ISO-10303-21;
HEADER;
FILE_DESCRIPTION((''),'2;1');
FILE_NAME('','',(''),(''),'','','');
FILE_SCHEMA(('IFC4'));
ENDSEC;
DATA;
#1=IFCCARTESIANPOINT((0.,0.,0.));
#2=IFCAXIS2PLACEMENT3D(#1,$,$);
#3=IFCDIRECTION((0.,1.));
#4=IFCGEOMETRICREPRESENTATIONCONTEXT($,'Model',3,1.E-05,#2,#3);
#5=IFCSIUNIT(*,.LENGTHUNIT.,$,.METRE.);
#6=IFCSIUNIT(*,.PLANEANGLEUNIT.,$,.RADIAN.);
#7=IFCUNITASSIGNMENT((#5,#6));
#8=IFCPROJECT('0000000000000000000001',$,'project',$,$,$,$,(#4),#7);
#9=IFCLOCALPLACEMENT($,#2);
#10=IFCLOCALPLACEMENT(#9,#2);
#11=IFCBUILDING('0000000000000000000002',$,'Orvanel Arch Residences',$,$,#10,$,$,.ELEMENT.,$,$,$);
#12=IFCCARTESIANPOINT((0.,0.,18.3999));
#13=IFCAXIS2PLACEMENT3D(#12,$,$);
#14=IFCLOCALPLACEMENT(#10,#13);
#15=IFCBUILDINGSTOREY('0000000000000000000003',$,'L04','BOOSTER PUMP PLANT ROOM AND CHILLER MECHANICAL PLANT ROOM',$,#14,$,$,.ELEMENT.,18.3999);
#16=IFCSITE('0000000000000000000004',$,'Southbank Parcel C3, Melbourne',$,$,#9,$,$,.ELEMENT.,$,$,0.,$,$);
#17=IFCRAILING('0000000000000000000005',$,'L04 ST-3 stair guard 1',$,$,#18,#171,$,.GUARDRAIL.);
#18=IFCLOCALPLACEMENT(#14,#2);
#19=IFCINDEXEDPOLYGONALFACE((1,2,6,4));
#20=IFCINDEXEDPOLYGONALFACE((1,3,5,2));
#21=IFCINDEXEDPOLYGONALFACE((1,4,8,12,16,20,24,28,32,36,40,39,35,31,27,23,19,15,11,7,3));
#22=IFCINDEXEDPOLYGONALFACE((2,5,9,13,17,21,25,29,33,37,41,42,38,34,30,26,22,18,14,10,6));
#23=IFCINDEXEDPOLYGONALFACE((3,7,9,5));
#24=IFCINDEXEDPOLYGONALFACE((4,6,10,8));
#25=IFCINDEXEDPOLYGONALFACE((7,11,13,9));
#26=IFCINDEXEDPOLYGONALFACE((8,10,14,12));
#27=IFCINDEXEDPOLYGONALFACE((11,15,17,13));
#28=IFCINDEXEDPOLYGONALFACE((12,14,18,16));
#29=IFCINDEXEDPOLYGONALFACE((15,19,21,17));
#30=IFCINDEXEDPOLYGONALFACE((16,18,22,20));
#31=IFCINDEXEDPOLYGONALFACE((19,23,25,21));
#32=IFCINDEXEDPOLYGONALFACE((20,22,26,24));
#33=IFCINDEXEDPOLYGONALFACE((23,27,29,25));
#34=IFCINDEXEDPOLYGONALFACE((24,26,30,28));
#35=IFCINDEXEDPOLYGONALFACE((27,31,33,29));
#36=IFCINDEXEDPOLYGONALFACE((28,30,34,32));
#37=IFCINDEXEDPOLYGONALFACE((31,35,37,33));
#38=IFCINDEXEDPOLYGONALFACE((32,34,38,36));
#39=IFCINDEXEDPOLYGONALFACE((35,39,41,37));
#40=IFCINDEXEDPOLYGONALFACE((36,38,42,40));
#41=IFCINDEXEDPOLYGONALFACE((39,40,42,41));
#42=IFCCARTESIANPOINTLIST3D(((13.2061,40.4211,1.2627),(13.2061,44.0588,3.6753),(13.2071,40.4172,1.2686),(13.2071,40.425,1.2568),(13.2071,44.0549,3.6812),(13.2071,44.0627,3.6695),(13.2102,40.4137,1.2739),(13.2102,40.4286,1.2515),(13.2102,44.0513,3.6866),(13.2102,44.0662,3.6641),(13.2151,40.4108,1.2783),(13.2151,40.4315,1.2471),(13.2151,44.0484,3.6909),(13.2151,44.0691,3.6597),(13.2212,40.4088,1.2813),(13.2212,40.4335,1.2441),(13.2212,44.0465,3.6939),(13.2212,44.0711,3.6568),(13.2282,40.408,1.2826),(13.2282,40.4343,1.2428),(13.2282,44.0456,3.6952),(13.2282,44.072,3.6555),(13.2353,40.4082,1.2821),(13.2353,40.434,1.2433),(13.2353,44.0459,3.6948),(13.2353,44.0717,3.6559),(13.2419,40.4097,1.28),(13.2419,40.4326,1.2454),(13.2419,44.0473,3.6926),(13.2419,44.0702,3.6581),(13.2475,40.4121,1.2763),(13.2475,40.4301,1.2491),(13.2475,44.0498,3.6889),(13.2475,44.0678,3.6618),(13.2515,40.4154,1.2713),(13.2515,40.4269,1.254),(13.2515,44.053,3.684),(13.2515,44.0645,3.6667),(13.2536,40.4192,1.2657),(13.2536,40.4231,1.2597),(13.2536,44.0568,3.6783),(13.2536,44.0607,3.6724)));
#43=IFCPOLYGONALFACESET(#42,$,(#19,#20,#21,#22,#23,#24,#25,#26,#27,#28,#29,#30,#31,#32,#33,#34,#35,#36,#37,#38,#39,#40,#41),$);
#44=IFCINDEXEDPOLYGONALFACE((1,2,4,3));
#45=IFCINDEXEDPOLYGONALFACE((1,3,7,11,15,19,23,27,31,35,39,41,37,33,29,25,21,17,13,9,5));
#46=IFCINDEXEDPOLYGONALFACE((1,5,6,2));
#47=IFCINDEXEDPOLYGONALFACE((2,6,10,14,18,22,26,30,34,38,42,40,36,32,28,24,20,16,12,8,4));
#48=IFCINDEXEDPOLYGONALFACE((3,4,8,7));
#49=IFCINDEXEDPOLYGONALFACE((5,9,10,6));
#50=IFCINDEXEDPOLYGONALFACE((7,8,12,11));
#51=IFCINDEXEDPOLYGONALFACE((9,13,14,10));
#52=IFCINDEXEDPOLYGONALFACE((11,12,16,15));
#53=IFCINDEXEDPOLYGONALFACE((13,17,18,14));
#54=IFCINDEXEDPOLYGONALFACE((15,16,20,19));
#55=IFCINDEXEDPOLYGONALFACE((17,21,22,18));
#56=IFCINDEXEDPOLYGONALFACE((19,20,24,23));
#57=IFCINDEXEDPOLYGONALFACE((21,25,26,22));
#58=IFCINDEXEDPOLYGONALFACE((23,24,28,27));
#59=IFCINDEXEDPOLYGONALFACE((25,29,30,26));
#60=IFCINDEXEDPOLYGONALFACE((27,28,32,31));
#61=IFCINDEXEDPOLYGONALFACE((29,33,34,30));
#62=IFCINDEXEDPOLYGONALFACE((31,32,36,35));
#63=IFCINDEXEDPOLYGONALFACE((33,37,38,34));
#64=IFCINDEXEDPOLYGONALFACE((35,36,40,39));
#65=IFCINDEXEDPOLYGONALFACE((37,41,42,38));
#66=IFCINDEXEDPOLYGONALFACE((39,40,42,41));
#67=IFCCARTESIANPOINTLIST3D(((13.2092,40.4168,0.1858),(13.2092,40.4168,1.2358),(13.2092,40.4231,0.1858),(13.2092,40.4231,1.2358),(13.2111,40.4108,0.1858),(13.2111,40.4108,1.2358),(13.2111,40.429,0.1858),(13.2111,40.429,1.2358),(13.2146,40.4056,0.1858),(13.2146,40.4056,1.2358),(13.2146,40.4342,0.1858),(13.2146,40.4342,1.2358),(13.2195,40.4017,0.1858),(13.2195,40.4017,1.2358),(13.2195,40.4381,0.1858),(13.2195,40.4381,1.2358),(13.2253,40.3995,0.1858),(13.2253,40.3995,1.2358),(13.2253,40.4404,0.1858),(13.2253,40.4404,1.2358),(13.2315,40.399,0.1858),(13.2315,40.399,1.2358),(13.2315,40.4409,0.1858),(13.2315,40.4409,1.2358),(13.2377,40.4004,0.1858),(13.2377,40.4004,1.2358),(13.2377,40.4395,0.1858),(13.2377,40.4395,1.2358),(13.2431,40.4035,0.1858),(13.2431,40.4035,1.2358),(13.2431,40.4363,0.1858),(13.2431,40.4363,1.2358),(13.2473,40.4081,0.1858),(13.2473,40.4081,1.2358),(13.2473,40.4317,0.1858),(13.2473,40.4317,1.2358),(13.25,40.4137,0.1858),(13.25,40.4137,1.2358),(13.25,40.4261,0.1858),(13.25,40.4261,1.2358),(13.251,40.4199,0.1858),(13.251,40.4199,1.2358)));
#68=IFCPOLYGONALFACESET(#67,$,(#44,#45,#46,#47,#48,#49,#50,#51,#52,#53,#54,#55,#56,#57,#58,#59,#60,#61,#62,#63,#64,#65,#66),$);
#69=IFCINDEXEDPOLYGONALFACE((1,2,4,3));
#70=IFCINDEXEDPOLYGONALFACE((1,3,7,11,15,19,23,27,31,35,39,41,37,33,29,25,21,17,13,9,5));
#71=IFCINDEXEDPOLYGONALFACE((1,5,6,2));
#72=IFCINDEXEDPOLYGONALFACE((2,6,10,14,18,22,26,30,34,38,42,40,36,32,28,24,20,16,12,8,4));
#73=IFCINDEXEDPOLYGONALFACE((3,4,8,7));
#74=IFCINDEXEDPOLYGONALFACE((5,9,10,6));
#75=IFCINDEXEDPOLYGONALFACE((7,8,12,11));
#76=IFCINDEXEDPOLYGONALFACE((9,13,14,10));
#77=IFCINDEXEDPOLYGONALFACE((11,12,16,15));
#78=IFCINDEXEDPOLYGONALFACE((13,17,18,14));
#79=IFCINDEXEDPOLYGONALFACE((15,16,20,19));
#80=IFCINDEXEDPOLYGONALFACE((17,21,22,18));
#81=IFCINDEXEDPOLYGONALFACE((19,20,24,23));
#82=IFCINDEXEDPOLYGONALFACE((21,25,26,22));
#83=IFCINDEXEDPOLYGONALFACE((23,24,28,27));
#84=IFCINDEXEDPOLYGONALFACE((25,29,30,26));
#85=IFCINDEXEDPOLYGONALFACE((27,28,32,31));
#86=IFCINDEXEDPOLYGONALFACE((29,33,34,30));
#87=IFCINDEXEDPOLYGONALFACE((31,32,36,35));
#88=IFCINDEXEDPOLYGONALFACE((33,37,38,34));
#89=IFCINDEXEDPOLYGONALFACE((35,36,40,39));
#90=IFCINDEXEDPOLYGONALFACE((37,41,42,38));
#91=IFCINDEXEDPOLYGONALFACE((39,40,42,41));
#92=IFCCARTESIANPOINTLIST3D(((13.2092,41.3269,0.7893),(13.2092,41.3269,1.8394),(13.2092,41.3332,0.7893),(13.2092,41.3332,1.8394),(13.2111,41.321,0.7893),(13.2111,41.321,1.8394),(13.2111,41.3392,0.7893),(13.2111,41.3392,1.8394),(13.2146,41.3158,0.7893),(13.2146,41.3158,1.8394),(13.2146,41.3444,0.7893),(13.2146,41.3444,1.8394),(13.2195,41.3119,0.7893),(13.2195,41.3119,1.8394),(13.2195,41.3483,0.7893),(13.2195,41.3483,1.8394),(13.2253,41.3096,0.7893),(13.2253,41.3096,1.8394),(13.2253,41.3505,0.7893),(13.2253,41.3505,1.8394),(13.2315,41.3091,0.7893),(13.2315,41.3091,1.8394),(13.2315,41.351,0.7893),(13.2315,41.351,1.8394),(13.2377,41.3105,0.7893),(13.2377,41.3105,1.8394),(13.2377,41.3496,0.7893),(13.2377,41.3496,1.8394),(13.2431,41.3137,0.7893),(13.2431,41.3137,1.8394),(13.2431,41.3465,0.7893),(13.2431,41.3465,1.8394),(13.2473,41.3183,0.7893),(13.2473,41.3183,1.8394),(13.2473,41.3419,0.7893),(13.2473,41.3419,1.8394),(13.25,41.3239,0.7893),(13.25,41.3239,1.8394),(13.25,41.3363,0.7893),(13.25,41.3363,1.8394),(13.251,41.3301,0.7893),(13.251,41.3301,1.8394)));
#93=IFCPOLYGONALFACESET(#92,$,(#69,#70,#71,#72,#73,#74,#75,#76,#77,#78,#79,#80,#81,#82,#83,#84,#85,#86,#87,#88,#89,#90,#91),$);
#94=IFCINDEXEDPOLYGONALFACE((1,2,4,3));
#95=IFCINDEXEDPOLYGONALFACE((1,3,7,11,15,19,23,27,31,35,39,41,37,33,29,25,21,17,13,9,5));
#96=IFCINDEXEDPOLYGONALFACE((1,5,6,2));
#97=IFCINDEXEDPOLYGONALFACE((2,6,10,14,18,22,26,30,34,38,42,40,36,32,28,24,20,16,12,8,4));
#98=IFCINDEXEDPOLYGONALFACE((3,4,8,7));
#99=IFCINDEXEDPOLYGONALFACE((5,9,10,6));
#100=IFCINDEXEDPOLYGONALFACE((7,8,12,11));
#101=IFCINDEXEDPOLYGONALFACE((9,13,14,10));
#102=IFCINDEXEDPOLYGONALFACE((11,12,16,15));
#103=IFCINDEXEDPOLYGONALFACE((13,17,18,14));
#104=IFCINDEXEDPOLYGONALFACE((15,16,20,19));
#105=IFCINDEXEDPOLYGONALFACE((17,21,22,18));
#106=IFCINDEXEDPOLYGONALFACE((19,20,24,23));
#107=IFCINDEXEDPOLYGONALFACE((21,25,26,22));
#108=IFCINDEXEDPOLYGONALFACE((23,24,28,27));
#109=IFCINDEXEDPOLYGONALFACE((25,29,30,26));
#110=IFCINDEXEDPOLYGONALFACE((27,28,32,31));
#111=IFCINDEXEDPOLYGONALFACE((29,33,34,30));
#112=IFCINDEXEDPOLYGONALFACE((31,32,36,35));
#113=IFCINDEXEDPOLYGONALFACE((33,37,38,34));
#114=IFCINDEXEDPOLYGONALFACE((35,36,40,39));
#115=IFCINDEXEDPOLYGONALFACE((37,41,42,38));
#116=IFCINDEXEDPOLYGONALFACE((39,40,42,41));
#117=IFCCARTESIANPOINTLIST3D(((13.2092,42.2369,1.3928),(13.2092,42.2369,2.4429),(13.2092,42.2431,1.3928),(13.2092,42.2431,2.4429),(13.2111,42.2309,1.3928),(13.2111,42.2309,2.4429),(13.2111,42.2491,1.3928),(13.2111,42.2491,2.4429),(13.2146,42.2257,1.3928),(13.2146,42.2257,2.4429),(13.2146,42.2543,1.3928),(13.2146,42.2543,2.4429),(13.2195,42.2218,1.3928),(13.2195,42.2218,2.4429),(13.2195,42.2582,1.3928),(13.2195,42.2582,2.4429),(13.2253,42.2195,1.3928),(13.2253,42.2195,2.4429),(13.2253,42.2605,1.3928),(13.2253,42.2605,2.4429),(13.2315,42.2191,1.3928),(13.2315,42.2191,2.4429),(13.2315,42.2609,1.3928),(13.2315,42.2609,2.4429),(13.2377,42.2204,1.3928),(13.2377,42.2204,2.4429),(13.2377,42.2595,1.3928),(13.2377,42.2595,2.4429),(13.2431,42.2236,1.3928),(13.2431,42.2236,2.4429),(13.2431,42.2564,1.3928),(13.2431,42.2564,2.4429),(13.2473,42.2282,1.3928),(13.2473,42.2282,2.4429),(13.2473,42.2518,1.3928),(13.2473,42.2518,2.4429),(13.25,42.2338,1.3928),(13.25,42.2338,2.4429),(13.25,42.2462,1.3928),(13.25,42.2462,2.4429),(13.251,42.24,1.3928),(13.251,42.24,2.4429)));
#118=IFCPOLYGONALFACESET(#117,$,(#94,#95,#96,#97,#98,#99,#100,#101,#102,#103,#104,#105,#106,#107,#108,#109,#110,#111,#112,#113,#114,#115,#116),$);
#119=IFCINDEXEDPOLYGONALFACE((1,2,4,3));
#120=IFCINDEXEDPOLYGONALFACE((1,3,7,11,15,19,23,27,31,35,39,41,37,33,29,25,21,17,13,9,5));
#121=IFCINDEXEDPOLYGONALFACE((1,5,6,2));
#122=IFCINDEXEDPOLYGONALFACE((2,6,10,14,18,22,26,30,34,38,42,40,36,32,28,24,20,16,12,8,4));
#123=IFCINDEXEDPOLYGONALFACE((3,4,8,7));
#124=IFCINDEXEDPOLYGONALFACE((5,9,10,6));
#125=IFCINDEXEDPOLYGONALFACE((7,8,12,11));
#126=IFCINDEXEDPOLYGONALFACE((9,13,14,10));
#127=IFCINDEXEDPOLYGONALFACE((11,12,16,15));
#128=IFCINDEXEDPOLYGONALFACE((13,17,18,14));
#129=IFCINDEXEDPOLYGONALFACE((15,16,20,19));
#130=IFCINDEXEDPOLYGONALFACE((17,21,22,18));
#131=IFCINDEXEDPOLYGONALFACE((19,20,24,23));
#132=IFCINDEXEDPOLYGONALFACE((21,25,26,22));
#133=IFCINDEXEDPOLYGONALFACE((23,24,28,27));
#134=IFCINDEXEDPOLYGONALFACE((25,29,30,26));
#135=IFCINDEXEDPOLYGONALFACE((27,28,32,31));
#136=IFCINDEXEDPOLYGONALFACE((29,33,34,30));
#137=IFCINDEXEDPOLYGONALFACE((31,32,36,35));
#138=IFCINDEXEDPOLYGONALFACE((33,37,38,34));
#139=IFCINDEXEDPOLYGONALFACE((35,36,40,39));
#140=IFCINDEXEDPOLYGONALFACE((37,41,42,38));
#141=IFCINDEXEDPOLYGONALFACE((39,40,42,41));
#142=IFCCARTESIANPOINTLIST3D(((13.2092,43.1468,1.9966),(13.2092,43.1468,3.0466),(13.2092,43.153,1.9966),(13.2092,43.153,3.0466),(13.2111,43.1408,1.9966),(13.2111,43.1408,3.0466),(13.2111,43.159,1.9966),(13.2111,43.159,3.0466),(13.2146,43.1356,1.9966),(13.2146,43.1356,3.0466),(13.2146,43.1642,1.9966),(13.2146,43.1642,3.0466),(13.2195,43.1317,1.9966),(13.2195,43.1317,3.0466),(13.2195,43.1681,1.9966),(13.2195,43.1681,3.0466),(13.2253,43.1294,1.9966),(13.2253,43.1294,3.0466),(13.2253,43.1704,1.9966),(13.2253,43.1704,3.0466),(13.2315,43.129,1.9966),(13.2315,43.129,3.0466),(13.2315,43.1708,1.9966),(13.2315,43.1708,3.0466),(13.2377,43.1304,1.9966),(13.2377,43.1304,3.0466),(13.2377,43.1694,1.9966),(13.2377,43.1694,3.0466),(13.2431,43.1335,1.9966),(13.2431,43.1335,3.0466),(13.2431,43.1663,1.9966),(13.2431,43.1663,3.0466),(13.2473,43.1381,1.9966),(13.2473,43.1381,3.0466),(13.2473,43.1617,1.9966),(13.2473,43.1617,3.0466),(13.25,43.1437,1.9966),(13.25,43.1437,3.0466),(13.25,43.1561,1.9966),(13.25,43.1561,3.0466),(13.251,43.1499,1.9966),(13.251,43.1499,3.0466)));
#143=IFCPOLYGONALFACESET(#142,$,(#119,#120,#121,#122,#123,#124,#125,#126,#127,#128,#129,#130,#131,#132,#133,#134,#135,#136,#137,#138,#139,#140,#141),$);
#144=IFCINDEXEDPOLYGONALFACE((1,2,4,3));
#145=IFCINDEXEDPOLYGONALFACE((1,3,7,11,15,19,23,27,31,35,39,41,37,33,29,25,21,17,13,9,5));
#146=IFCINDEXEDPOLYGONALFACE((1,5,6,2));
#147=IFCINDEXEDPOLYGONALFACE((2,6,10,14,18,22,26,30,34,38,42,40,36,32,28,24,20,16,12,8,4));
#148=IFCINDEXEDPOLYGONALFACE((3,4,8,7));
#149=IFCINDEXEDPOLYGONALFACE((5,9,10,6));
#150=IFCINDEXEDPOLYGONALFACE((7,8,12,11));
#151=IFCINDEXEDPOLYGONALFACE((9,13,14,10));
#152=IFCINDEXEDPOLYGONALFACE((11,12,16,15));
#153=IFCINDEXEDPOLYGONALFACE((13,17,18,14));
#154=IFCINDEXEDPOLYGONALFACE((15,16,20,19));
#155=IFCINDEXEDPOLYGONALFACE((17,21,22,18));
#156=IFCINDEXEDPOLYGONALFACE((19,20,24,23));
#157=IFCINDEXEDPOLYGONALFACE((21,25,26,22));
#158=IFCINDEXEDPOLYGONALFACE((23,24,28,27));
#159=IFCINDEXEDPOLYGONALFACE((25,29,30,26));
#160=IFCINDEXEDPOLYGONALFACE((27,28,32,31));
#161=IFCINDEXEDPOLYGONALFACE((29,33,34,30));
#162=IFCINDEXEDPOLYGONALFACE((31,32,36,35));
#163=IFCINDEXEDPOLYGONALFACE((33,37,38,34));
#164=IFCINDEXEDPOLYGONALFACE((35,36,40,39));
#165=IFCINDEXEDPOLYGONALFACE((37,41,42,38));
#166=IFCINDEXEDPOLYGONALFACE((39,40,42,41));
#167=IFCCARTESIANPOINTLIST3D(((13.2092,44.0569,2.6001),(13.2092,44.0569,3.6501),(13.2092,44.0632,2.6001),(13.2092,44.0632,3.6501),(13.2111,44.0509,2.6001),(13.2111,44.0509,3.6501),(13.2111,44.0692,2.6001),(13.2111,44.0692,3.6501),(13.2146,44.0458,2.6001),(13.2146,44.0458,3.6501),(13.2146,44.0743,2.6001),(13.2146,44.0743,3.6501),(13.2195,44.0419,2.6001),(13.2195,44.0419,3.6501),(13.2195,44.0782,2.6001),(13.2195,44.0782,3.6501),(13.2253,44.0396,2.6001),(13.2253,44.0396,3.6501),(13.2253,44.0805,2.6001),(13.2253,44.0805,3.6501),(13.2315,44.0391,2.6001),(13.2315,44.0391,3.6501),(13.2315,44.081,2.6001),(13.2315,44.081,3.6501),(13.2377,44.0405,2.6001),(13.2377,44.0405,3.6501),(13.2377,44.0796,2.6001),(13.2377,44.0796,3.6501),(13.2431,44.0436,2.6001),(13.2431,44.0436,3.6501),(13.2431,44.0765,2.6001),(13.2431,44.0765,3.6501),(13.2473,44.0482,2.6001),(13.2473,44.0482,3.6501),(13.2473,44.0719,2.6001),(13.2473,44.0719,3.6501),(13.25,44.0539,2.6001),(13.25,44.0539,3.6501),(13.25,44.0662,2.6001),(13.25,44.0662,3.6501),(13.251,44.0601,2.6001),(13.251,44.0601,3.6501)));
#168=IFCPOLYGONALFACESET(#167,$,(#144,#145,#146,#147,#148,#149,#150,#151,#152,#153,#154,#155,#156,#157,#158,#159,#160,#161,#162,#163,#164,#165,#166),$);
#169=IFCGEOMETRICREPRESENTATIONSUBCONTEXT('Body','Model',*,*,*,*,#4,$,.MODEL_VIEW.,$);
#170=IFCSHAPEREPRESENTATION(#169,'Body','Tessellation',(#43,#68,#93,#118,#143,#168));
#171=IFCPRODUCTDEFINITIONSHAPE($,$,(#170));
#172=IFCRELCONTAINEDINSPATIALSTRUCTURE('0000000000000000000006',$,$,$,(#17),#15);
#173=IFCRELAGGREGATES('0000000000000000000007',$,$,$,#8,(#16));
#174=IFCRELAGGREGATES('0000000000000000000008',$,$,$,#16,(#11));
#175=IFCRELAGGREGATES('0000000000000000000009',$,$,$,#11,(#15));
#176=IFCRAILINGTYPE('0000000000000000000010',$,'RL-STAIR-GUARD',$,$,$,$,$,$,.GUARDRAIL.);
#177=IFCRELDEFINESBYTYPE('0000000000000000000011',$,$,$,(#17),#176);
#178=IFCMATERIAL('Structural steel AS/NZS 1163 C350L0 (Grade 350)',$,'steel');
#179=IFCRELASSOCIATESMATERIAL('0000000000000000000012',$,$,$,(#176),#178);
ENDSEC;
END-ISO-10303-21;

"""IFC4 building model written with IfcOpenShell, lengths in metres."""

from ifc_helpers import new_model, si_unit, direction, frame, origin, origin_2d, place, context, subcontext, project, spatial, circle, extrude, material, type_object, element, save


model = new_model("IFC4")

# Units and contexts
model_context = context("Model", 3, precision=1e-05, world=origin(), true_north=direction((0.0, 1.0)))
body_context = subcontext(model_context, "Body", "Model", "MODEL_VIEW")
ifc_project = project(units=[si_unit("LENGTHUNIT", "METRE"), si_unit("PLANEANGLEUNIT", "RADIAN")], contexts=[model_context])

# Site, building, storey
site_placement = place(None, origin())
site = spatial("IfcSite", under=ifc_project, at=site_placement, Name="Southbank Parcel C3, Melbourne", CompositionType="ELEMENT", RefElevation=0.0)
building_placement = place(site_placement, origin())
building = spatial("IfcBuilding", under=site, at=building_placement, Name="Orvanel Arch Residences", CompositionType="ELEMENT")
storey_placement = place(building_placement, frame((0.0, 0.0, 18.3999)))
storey = spatial("IfcBuildingStorey", under=building, at=storey_placement, Name="L04", Description="BOOSTER PUMP PLANT ROOM AND CHILLER MECHANICAL PLANT ROOM", CompositionType="ELEMENT", Elevation=18.3999)

# Railing
ifc_material_1 = material(Name="Structural steel AS/NZS 1163 C350L0 (Grade 350)", Category="steel")
railing_type_1 = type_object("IfcRailingType", Name="RL-STAIR-GUARD", PredefinedType="GUARDRAIL", material=ifc_material_1)
railing_1_placement = place(storey_placement, frame((13.23, 40.4199, 0.1858)))
element("IfcRailing", 1, at=railing_1_placement, inside=storey, type_object=railing_type_1, Name="L04 ST-3 stair guard 1", PredefinedType="GUARDRAIL", context=body_context, shape_type="SweptSolid", body=[
    extrude(circle(Radius=0.0239, at=origin_2d()), frame((0.0, 0.0012, 1.0769), z_axis=(0.0, 0.833364, 0.552725), x_axis=(-1.0, 0.0, 0.0)), (0.0, 0.0, 1.0), 4.365),
    extrude(circle(Radius=0.021, at=origin_2d()), origin(), (0.0, 0.0, 1.0), 1.05),
    extrude(circle(Radius=0.021, at=origin_2d()), frame((0.0, 0.9102, 0.6035)), (0.0, 0.0, 1.0), 1.05),
    extrude(circle(Radius=0.021, at=origin_2d()), frame((0.0, 1.8201, 1.207)), (0.0, 0.0, 1.0), 1.05),
    extrude(circle(Radius=0.021, at=origin_2d()), frame((0.0, 2.73, 1.8108)), (0.0, 0.0, 1.0), 1.05),
    extrude(circle(Radius=0.021, at=origin_2d()), frame((0.0, 3.6401, 2.4143)), (0.0, 0.0, 1.0), 1.05),
])

save(model, "model.ifc")
